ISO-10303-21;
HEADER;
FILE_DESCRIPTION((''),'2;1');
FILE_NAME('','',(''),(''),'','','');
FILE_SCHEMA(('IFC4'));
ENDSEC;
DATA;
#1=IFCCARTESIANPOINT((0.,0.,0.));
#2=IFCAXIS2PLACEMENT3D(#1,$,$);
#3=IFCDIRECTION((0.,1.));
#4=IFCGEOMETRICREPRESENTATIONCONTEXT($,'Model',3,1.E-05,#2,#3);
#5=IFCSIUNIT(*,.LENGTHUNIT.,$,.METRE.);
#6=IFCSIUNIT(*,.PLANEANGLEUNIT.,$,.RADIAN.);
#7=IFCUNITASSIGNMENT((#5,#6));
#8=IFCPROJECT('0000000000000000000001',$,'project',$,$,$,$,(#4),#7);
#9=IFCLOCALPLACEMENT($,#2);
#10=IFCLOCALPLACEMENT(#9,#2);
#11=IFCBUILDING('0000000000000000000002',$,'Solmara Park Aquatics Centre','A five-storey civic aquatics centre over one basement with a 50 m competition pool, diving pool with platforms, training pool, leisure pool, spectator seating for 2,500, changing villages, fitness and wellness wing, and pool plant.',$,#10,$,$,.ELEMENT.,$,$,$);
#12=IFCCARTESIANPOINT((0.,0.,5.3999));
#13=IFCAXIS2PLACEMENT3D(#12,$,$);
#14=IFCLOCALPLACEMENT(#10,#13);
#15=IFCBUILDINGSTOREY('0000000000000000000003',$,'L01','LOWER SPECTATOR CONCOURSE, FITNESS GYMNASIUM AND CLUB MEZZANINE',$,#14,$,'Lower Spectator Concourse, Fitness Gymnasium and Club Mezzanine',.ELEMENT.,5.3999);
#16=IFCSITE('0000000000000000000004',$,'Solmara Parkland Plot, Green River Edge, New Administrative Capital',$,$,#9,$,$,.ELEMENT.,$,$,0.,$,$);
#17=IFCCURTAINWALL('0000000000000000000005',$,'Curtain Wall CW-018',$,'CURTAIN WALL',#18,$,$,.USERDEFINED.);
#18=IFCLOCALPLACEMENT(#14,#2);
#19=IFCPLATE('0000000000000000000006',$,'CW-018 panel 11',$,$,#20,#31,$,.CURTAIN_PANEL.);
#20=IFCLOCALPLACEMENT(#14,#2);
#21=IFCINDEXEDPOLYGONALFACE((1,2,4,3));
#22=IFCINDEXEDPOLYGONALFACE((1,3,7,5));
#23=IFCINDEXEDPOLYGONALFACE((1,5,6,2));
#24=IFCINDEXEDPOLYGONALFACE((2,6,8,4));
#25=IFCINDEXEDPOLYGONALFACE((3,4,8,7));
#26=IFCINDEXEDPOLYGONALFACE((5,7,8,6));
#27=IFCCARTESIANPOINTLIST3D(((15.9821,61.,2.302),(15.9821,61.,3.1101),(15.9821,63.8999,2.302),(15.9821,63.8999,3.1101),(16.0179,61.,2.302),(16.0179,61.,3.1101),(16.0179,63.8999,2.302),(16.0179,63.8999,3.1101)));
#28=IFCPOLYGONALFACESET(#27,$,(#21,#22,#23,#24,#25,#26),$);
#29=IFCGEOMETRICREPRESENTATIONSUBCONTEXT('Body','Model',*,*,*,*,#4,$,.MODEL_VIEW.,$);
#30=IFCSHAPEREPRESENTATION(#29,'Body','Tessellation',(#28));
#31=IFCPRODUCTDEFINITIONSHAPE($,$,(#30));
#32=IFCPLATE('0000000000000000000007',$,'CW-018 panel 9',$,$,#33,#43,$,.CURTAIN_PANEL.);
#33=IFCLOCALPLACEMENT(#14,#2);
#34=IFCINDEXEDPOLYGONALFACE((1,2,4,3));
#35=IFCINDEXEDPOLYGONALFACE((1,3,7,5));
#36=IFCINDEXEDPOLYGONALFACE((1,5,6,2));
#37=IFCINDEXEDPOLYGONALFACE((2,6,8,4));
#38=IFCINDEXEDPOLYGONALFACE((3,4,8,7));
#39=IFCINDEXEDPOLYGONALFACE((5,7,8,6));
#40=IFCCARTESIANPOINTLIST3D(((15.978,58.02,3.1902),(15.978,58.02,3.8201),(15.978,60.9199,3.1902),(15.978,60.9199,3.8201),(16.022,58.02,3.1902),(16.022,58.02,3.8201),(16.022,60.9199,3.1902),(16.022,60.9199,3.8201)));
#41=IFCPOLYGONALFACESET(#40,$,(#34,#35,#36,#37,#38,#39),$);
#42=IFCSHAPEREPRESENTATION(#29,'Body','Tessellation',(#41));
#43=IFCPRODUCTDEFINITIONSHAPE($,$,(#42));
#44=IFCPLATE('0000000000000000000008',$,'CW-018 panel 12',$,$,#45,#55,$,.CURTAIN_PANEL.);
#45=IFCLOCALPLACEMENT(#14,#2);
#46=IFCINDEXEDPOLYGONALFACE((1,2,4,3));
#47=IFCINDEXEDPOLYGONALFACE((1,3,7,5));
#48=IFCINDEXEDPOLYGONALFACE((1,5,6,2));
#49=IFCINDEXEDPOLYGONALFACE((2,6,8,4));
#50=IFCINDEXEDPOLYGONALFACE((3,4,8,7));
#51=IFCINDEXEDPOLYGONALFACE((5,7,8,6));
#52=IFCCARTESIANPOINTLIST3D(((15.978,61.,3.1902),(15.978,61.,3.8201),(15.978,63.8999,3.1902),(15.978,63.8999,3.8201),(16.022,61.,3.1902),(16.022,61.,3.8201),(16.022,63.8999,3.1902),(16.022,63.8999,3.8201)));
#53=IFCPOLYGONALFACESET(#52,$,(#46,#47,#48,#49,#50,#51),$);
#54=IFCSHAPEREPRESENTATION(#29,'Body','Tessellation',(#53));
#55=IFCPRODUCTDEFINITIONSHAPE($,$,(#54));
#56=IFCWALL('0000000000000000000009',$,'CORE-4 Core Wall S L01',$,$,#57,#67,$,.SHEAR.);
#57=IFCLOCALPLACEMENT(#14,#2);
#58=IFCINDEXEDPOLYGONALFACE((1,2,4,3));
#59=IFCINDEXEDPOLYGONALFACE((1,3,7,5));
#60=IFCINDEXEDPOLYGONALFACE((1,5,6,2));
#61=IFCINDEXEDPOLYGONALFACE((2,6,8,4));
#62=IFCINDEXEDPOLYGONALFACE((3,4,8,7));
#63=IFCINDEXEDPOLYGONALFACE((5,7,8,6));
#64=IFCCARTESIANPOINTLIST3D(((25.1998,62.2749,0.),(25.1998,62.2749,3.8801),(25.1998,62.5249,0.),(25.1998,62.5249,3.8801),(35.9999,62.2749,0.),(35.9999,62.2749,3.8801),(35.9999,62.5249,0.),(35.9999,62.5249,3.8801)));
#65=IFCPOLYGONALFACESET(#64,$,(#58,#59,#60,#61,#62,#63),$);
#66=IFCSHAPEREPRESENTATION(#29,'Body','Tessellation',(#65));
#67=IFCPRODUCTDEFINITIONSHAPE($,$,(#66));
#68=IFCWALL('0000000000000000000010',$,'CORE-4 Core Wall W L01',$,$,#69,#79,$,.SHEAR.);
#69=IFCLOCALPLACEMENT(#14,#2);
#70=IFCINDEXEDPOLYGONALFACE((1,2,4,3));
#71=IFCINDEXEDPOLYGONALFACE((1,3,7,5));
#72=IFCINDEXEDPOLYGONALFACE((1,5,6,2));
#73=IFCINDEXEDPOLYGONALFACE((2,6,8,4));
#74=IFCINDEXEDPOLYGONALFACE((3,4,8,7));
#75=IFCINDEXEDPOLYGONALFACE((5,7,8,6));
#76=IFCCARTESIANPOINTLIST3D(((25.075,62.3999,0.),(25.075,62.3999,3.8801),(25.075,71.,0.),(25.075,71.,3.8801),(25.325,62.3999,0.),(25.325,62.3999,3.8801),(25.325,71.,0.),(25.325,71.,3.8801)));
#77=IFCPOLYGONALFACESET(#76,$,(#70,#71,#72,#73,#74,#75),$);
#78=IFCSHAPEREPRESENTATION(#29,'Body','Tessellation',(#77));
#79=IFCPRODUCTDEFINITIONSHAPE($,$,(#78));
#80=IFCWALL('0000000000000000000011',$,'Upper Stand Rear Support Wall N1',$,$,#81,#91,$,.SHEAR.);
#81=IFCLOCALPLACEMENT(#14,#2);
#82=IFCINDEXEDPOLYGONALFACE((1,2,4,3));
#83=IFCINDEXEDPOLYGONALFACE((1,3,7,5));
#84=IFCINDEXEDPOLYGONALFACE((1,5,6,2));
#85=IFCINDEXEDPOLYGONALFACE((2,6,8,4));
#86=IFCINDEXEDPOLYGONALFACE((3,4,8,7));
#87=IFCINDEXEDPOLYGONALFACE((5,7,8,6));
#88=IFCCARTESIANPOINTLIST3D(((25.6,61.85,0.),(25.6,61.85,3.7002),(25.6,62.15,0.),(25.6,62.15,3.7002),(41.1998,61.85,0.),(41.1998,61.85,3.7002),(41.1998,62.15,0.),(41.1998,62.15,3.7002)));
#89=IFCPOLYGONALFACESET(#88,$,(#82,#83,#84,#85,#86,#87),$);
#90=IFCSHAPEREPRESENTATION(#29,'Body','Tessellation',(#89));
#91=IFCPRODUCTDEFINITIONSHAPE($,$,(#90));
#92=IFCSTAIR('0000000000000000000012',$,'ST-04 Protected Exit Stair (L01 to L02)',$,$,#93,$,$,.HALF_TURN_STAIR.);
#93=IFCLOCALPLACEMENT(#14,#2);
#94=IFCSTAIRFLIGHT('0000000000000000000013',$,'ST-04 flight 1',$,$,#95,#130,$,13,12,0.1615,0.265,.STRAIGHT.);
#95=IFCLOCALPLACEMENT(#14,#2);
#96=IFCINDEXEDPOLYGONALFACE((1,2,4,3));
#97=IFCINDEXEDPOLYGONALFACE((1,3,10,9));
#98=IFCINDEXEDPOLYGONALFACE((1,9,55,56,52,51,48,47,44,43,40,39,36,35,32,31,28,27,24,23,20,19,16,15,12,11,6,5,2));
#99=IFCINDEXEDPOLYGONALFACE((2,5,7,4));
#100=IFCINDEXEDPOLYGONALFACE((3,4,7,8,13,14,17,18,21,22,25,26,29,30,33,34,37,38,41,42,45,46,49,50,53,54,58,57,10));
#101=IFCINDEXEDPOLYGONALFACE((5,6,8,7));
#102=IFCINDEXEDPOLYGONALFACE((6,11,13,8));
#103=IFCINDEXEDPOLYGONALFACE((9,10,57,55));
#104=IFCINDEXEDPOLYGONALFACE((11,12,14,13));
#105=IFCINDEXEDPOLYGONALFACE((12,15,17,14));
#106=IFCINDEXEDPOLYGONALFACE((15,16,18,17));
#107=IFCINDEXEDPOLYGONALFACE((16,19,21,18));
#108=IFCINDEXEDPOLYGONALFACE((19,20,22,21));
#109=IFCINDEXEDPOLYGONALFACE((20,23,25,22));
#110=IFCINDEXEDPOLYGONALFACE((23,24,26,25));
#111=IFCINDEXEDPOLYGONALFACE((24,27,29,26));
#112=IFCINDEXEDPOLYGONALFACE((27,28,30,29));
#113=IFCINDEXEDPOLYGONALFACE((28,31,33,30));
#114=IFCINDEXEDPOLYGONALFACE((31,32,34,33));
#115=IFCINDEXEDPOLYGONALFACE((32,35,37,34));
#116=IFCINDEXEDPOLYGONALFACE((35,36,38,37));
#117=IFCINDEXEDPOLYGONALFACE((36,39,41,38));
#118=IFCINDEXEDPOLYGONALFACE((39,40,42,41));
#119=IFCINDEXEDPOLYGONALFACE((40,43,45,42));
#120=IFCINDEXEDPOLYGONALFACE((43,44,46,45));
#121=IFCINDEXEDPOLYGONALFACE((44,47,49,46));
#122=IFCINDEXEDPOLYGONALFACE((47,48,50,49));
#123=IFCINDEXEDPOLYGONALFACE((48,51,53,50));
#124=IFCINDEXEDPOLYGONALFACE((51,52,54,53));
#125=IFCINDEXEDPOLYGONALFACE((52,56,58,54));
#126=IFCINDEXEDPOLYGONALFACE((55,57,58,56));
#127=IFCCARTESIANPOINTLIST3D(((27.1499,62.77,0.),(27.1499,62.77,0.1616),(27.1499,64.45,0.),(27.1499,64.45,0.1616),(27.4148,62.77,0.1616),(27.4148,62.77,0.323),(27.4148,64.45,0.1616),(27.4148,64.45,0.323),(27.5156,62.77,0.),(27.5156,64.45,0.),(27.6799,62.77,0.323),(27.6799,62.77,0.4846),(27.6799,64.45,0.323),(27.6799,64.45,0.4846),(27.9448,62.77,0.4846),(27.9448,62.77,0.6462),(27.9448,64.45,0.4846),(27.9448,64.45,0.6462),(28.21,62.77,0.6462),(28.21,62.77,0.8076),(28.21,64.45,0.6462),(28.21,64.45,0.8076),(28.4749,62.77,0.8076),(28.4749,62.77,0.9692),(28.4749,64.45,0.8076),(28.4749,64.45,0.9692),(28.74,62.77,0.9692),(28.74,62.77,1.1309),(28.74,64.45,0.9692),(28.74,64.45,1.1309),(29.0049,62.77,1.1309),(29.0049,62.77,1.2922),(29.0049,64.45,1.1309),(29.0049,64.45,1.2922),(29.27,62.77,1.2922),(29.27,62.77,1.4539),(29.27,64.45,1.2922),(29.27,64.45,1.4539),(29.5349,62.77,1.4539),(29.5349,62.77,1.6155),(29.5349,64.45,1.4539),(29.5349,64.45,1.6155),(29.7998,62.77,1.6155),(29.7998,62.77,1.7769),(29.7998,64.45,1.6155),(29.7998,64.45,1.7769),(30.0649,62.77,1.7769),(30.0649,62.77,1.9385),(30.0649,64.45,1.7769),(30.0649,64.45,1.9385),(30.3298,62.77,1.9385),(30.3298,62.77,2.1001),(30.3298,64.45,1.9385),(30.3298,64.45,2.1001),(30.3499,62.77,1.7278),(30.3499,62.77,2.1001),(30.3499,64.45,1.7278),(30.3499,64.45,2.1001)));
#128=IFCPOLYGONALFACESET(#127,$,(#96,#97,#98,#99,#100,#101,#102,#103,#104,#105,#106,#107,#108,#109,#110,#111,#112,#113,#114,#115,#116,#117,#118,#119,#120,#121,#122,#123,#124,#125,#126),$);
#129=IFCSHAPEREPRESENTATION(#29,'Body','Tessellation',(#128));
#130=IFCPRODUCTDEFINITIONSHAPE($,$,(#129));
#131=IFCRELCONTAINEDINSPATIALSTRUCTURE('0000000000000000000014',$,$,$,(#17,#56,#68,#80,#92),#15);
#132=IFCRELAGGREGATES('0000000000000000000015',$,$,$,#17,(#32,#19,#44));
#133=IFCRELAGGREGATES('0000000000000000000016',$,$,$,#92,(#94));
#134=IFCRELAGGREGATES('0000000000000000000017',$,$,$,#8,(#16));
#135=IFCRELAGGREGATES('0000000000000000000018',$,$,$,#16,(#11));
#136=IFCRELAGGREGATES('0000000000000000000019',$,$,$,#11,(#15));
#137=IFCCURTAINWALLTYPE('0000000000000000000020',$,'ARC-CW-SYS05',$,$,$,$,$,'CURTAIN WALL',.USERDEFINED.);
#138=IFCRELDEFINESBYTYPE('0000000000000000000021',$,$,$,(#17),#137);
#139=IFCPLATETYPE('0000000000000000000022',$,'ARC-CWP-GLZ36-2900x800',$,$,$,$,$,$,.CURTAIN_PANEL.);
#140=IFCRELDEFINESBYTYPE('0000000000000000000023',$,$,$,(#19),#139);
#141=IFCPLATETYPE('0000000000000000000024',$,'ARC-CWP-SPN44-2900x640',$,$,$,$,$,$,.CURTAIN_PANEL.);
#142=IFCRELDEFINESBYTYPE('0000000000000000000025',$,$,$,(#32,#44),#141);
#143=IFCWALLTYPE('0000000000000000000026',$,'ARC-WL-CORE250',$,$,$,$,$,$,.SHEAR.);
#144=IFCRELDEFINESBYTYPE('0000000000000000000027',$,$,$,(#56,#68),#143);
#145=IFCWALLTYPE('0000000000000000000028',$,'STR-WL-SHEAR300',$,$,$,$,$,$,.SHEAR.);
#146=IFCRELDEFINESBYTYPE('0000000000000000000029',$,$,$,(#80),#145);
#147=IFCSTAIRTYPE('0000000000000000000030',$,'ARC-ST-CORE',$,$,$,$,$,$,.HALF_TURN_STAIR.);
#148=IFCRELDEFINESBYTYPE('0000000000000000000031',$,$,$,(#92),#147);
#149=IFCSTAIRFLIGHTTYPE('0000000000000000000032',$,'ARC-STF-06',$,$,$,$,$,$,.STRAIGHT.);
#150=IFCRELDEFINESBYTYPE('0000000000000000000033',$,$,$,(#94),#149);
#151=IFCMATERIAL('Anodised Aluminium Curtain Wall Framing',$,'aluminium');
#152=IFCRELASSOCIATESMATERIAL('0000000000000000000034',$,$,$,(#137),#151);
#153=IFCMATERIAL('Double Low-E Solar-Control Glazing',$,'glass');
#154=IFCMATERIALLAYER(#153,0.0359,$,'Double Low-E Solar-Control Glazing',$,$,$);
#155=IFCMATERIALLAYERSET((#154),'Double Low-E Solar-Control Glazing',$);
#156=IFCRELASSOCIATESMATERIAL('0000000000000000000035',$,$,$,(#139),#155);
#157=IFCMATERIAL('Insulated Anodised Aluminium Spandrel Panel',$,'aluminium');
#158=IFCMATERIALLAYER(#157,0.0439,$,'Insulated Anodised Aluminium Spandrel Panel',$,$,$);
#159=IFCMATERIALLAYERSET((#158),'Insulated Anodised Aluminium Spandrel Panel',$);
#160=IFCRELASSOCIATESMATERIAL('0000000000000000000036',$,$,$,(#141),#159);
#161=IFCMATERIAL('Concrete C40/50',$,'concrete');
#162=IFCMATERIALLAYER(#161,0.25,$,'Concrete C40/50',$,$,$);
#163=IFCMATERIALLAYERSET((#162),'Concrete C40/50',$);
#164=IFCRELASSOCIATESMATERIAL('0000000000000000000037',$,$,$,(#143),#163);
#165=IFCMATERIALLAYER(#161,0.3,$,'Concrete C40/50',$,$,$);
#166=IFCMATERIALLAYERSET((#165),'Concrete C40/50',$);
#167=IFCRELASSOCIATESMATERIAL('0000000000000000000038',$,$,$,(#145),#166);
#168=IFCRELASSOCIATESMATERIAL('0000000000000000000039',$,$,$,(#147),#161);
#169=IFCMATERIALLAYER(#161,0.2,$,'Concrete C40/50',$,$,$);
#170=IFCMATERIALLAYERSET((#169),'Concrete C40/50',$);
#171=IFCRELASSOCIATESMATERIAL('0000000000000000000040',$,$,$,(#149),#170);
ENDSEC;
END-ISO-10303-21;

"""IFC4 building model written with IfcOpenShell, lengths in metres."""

from ifc_helpers import new_model, si_unit, direction, frame, frame_2d, origin, origin_2d, place, context, subcontext, project, spatial, polyline, rectangle, outline, extrude, material, layer, layer_set, type_object, element, aggregate, save


model = new_model("IFC4")

# Units and contexts
model_context = context("Model", 3, precision=1e-05, world=origin(), true_north=direction((0.0, 1.0)))
body_context = subcontext(model_context, "Body", "Model", "MODEL_VIEW")
ifc_project = project(units=[si_unit("LENGTHUNIT", "METRE"), si_unit("PLANEANGLEUNIT", "RADIAN")], contexts=[model_context])

# Site, building, storey
site_placement = place(None, origin())
site = spatial("IfcSite", under=ifc_project, at=site_placement, Name="Solmara Parkland Plot, Green River Edge, New Administrative Capital", CompositionType="ELEMENT", RefElevation=0.0)
building_placement = place(site_placement, origin())
building = spatial("IfcBuilding", under=site, at=building_placement, Name="Solmara Park Aquatics Centre", Description="A five-storey civic aquatics centre over one basement with a 50 m competition pool, diving pool with platforms, training pool, leisure pool, spectator seating for 2,500, changing villages, fitness and wellness wing, and pool plant.", CompositionType="ELEMENT")
storey_placement = place(building_placement, frame((0.0, 0.0, 5.3999)))
storey = spatial("IfcBuildingStorey", under=building, at=storey_placement, Name="L01", Description="LOWER SPECTATOR CONCOURSE, FITNESS GYMNASIUM AND CLUB MEZZANINE", LongName="Lower Spectator Concourse, Fitness Gymnasium and Club Mezzanine", CompositionType="ELEMENT", Elevation=5.3999)

# Curtain wall
ifc_material_1 = material(Name="Anodised Aluminium Curtain Wall Framing", Category="aluminium")
curtain_wall_type = type_object("IfcCurtainWallType", Name="ARC-CW-SYS05", ElementType="CURTAIN WALL", PredefinedType="USERDEFINED", material=ifc_material_1)
curtain_wall_1_placement = place(storey_placement, origin())
curtain_wall_1 = element("IfcCurtainWall", 1, at=curtain_wall_1_placement, inside=storey, type_object=curtain_wall_type, Name="Curtain Wall CW-018", ObjectType="CURTAIN WALL", PredefinedType="USERDEFINED")

# Plates
ifc_material_2 = material(Name="Double Low-E Solar-Control Glazing", Category="glass")
ifc_layer_1 = layer(ifc_material_2, 0.0359, Name="Double Low-E Solar-Control Glazing")
ifc_layer_set_1 = layer_set([ifc_layer_1], Name="Double Low-E Solar-Control Glazing")
plate_type_1 = type_object("IfcPlateType", Name="ARC-CWP-GLZ36-2900x800", PredefinedType="CURTAIN_PANEL", material=ifc_layer_set_1)
plate_1_placement = place(storey_placement, frame((16.0, 62.45, 2.302), z_axis=(0.0, 0.0, 1.0), x_axis=(0.0, 1.0, 0.0)))
plate_1 = element("IfcPlate", 2, at=plate_1_placement, type_object=plate_type_1, Name="CW-018 panel 11", PredefinedType="CURTAIN_PANEL", context=body_context, shape_type="SweptSolid", body=[
    extrude(rectangle(XDim=2.8999, YDim=0.0359, at=origin_2d()), origin(), (0.0, 0.0, 1.0), 0.8081),
])
ifc_material_3 = material(Name="Insulated Anodised Aluminium Spandrel Panel", Category="aluminium")
ifc_layer_2 = layer(ifc_material_3, 0.0439, Name="Insulated Anodised Aluminium Spandrel Panel")
ifc_layer_set_2 = layer_set([ifc_layer_2], Name="Insulated Anodised Aluminium Spandrel Panel")
plate_type_2 = type_object("IfcPlateType", Name="ARC-CWP-SPN44-2900x640", PredefinedType="CURTAIN_PANEL", material=ifc_layer_set_2)
plate_2_placement = place(storey_placement, frame((16.0, 59.47, 3.1902), z_axis=(0.0, 0.0, 1.0), x_axis=(0.0, 1.0, 0.0)))
plate_2 = element("IfcPlate", 3, at=plate_2_placement, type_object=plate_type_2, Name="CW-018 panel 9", PredefinedType="CURTAIN_PANEL", context=body_context, shape_type="SweptSolid", body=[
    extrude(rectangle(XDim=2.8999, YDim=0.0439, at=origin_2d()), origin(), (0.0, 0.0, 1.0), 0.6299),
])
plate_3_placement = place(storey_placement, frame((16.0, 62.45, 3.1902), z_axis=(0.0, 0.0, 1.0), x_axis=(0.0, 1.0, 0.0)))
plate_3 = element("IfcPlate", 4, at=plate_3_placement, type_object=plate_type_2, Name="CW-018 panel 12", PredefinedType="CURTAIN_PANEL", context=body_context, shape_type="SweptSolid", body=[
    extrude(rectangle(XDim=2.8999, YDim=0.0439, at=origin_2d()), origin(), (0.0, 0.0, 1.0), 0.6299),
])
aggregate(curtain_wall_1, [plate_2, plate_1, plate_3])

# Walls
ifc_material_4 = material(Name="Concrete C40/50", Category="concrete")
ifc_layer_3 = layer(ifc_material_4, 0.25, Name="Concrete C40/50")
ifc_layer_set_3 = layer_set([ifc_layer_3], Name="Concrete C40/50")
wall_type_1 = type_object("IfcWallType", Name="ARC-WL-CORE250", PredefinedType="SHEAR", material=ifc_layer_set_3)
wall_1_placement = place(storey_placement, frame((25.2, 62.3999, 0.0), z_axis=(0.0, 0.0, 1.0), x_axis=(1.0, 0.0, 0.0)))
element("IfcWall", 5, at=wall_1_placement, inside=storey, type_object=wall_type_1, Name="CORE-4 Core Wall S L01", PredefinedType="SHEAR", context=body_context, shape_type="SweptSolid", body=[
    extrude(rectangle(XDim=10.8, YDim=0.25, at=frame_2d((5.3999, 0.0))), origin(), (0.0, 0.0, 1.0), 3.8801),
])
wall_2_placement = place(storey_placement, frame((25.2, 62.3999, 0.0), z_axis=(0.0, 0.0, 1.0), x_axis=(0.0, 1.0, 0.0)))
element("IfcWall", 6, at=wall_2_placement, inside=storey, type_object=wall_type_1, Name="CORE-4 Core Wall W L01", PredefinedType="SHEAR", context=body_context, shape_type="SweptSolid", body=[
    extrude(rectangle(XDim=8.6001, YDim=0.25, at=frame_2d((4.3, 0.0))), origin(), (0.0, 0.0, 1.0), 3.8801),
])
ifc_layer_4 = layer(ifc_material_4, 0.3, Name="Concrete C40/50")
ifc_layer_set_4 = layer_set([ifc_layer_4], Name="Concrete C40/50")
wall_type_2 = type_object("IfcWallType", Name="STR-WL-SHEAR300", PredefinedType="SHEAR", material=ifc_layer_set_4)
wall_3_placement = place(storey_placement, frame((25.6001, 62.0, 0.0), z_axis=(0.0, 0.0, 1.0), x_axis=(1.0, 0.0, 0.0)))
element("IfcWall", 7, at=wall_3_placement, inside=storey, type_object=wall_type_2, Name="Upper Stand Rear Support Wall N1", PredefinedType="SHEAR", context=body_context, shape_type="SweptSolid", body=[
    extrude(rectangle(XDim=15.5999, YDim=0.3, at=frame_2d((7.7998, 0.0))), origin(), (0.0, 0.0, 1.0), 3.7002),
])

# Stair, stair flight
stair_type = type_object("IfcStairType", Name="ARC-ST-CORE", PredefinedType="HALF_TURN_STAIR", material=ifc_material_4)
stair_placement = place(storey_placement, origin())
stair = element("IfcStair", 8, at=stair_placement, inside=storey, type_object=stair_type, Name="ST-04 Protected Exit Stair (L01 to L02)", PredefinedType="HALF_TURN_STAIR")
ifc_layer_5 = layer(ifc_material_4, 0.2, Name="Concrete C40/50")
ifc_layer_set_5 = layer_set([ifc_layer_5], Name="Concrete C40/50")
stair_flight_type = type_object("IfcStairFlightType", Name="ARC-STF-06", PredefinedType="STRAIGHT", material=ifc_layer_set_5)
stair_flight_placement = place(storey_placement, frame((27.1499, 63.6101, 0.0), z_axis=(0.0, 0.0, 1.0), x_axis=(1.0, 0.0, 0.0)))
stair_flight = element("IfcStairFlight", 9, at=stair_flight_placement, type_object=stair_flight_type, Name="ST-04 flight 1", NumberOfRisers=13, NumberOfTreads=12, PredefinedType="STRAIGHT", RiserHeight=0.1615, TreadLength=0.265, context=body_context, shape_type="SweptSolid", body=[
    extrude(outline(polyline([(0.0, 0.0), (0.0, 0.1616), (0.2649, 0.1616), (0.2649, 0.323), (0.53, 0.323), (0.53, 0.4846), (0.7949, 0.4846), (0.7949, 0.6462), (1.0601, 0.6462), (1.0601, 0.8076), (1.325, 0.8076), (1.325, 0.9692), (1.5901, 0.9692), (1.5901, 1.1309), (1.855, 1.1309), (1.855, 1.2922), (2.1201, 1.2922), (2.1201, 1.4539), (2.385, 1.4539), (2.385, 1.6155), (2.6499, 1.6155), (2.6499, 1.7769), (2.915, 1.7769), (2.915, 1.9385), (3.1799, 1.9385), (3.1799, 2.1001), (3.2, 2.1001), (3.2, 1.7278), (0.3657, 0.0), (0.0, 0.0)])), frame((0.0, 0.8398, 0.0), z_axis=(0.0, -1.0, 0.0), x_axis=(1.0, 0.0, 0.0)), (0.0, 0.0, 1.0), 1.6799),
])
aggregate(stair, [stair_flight])

save(model, "model.ifc")
